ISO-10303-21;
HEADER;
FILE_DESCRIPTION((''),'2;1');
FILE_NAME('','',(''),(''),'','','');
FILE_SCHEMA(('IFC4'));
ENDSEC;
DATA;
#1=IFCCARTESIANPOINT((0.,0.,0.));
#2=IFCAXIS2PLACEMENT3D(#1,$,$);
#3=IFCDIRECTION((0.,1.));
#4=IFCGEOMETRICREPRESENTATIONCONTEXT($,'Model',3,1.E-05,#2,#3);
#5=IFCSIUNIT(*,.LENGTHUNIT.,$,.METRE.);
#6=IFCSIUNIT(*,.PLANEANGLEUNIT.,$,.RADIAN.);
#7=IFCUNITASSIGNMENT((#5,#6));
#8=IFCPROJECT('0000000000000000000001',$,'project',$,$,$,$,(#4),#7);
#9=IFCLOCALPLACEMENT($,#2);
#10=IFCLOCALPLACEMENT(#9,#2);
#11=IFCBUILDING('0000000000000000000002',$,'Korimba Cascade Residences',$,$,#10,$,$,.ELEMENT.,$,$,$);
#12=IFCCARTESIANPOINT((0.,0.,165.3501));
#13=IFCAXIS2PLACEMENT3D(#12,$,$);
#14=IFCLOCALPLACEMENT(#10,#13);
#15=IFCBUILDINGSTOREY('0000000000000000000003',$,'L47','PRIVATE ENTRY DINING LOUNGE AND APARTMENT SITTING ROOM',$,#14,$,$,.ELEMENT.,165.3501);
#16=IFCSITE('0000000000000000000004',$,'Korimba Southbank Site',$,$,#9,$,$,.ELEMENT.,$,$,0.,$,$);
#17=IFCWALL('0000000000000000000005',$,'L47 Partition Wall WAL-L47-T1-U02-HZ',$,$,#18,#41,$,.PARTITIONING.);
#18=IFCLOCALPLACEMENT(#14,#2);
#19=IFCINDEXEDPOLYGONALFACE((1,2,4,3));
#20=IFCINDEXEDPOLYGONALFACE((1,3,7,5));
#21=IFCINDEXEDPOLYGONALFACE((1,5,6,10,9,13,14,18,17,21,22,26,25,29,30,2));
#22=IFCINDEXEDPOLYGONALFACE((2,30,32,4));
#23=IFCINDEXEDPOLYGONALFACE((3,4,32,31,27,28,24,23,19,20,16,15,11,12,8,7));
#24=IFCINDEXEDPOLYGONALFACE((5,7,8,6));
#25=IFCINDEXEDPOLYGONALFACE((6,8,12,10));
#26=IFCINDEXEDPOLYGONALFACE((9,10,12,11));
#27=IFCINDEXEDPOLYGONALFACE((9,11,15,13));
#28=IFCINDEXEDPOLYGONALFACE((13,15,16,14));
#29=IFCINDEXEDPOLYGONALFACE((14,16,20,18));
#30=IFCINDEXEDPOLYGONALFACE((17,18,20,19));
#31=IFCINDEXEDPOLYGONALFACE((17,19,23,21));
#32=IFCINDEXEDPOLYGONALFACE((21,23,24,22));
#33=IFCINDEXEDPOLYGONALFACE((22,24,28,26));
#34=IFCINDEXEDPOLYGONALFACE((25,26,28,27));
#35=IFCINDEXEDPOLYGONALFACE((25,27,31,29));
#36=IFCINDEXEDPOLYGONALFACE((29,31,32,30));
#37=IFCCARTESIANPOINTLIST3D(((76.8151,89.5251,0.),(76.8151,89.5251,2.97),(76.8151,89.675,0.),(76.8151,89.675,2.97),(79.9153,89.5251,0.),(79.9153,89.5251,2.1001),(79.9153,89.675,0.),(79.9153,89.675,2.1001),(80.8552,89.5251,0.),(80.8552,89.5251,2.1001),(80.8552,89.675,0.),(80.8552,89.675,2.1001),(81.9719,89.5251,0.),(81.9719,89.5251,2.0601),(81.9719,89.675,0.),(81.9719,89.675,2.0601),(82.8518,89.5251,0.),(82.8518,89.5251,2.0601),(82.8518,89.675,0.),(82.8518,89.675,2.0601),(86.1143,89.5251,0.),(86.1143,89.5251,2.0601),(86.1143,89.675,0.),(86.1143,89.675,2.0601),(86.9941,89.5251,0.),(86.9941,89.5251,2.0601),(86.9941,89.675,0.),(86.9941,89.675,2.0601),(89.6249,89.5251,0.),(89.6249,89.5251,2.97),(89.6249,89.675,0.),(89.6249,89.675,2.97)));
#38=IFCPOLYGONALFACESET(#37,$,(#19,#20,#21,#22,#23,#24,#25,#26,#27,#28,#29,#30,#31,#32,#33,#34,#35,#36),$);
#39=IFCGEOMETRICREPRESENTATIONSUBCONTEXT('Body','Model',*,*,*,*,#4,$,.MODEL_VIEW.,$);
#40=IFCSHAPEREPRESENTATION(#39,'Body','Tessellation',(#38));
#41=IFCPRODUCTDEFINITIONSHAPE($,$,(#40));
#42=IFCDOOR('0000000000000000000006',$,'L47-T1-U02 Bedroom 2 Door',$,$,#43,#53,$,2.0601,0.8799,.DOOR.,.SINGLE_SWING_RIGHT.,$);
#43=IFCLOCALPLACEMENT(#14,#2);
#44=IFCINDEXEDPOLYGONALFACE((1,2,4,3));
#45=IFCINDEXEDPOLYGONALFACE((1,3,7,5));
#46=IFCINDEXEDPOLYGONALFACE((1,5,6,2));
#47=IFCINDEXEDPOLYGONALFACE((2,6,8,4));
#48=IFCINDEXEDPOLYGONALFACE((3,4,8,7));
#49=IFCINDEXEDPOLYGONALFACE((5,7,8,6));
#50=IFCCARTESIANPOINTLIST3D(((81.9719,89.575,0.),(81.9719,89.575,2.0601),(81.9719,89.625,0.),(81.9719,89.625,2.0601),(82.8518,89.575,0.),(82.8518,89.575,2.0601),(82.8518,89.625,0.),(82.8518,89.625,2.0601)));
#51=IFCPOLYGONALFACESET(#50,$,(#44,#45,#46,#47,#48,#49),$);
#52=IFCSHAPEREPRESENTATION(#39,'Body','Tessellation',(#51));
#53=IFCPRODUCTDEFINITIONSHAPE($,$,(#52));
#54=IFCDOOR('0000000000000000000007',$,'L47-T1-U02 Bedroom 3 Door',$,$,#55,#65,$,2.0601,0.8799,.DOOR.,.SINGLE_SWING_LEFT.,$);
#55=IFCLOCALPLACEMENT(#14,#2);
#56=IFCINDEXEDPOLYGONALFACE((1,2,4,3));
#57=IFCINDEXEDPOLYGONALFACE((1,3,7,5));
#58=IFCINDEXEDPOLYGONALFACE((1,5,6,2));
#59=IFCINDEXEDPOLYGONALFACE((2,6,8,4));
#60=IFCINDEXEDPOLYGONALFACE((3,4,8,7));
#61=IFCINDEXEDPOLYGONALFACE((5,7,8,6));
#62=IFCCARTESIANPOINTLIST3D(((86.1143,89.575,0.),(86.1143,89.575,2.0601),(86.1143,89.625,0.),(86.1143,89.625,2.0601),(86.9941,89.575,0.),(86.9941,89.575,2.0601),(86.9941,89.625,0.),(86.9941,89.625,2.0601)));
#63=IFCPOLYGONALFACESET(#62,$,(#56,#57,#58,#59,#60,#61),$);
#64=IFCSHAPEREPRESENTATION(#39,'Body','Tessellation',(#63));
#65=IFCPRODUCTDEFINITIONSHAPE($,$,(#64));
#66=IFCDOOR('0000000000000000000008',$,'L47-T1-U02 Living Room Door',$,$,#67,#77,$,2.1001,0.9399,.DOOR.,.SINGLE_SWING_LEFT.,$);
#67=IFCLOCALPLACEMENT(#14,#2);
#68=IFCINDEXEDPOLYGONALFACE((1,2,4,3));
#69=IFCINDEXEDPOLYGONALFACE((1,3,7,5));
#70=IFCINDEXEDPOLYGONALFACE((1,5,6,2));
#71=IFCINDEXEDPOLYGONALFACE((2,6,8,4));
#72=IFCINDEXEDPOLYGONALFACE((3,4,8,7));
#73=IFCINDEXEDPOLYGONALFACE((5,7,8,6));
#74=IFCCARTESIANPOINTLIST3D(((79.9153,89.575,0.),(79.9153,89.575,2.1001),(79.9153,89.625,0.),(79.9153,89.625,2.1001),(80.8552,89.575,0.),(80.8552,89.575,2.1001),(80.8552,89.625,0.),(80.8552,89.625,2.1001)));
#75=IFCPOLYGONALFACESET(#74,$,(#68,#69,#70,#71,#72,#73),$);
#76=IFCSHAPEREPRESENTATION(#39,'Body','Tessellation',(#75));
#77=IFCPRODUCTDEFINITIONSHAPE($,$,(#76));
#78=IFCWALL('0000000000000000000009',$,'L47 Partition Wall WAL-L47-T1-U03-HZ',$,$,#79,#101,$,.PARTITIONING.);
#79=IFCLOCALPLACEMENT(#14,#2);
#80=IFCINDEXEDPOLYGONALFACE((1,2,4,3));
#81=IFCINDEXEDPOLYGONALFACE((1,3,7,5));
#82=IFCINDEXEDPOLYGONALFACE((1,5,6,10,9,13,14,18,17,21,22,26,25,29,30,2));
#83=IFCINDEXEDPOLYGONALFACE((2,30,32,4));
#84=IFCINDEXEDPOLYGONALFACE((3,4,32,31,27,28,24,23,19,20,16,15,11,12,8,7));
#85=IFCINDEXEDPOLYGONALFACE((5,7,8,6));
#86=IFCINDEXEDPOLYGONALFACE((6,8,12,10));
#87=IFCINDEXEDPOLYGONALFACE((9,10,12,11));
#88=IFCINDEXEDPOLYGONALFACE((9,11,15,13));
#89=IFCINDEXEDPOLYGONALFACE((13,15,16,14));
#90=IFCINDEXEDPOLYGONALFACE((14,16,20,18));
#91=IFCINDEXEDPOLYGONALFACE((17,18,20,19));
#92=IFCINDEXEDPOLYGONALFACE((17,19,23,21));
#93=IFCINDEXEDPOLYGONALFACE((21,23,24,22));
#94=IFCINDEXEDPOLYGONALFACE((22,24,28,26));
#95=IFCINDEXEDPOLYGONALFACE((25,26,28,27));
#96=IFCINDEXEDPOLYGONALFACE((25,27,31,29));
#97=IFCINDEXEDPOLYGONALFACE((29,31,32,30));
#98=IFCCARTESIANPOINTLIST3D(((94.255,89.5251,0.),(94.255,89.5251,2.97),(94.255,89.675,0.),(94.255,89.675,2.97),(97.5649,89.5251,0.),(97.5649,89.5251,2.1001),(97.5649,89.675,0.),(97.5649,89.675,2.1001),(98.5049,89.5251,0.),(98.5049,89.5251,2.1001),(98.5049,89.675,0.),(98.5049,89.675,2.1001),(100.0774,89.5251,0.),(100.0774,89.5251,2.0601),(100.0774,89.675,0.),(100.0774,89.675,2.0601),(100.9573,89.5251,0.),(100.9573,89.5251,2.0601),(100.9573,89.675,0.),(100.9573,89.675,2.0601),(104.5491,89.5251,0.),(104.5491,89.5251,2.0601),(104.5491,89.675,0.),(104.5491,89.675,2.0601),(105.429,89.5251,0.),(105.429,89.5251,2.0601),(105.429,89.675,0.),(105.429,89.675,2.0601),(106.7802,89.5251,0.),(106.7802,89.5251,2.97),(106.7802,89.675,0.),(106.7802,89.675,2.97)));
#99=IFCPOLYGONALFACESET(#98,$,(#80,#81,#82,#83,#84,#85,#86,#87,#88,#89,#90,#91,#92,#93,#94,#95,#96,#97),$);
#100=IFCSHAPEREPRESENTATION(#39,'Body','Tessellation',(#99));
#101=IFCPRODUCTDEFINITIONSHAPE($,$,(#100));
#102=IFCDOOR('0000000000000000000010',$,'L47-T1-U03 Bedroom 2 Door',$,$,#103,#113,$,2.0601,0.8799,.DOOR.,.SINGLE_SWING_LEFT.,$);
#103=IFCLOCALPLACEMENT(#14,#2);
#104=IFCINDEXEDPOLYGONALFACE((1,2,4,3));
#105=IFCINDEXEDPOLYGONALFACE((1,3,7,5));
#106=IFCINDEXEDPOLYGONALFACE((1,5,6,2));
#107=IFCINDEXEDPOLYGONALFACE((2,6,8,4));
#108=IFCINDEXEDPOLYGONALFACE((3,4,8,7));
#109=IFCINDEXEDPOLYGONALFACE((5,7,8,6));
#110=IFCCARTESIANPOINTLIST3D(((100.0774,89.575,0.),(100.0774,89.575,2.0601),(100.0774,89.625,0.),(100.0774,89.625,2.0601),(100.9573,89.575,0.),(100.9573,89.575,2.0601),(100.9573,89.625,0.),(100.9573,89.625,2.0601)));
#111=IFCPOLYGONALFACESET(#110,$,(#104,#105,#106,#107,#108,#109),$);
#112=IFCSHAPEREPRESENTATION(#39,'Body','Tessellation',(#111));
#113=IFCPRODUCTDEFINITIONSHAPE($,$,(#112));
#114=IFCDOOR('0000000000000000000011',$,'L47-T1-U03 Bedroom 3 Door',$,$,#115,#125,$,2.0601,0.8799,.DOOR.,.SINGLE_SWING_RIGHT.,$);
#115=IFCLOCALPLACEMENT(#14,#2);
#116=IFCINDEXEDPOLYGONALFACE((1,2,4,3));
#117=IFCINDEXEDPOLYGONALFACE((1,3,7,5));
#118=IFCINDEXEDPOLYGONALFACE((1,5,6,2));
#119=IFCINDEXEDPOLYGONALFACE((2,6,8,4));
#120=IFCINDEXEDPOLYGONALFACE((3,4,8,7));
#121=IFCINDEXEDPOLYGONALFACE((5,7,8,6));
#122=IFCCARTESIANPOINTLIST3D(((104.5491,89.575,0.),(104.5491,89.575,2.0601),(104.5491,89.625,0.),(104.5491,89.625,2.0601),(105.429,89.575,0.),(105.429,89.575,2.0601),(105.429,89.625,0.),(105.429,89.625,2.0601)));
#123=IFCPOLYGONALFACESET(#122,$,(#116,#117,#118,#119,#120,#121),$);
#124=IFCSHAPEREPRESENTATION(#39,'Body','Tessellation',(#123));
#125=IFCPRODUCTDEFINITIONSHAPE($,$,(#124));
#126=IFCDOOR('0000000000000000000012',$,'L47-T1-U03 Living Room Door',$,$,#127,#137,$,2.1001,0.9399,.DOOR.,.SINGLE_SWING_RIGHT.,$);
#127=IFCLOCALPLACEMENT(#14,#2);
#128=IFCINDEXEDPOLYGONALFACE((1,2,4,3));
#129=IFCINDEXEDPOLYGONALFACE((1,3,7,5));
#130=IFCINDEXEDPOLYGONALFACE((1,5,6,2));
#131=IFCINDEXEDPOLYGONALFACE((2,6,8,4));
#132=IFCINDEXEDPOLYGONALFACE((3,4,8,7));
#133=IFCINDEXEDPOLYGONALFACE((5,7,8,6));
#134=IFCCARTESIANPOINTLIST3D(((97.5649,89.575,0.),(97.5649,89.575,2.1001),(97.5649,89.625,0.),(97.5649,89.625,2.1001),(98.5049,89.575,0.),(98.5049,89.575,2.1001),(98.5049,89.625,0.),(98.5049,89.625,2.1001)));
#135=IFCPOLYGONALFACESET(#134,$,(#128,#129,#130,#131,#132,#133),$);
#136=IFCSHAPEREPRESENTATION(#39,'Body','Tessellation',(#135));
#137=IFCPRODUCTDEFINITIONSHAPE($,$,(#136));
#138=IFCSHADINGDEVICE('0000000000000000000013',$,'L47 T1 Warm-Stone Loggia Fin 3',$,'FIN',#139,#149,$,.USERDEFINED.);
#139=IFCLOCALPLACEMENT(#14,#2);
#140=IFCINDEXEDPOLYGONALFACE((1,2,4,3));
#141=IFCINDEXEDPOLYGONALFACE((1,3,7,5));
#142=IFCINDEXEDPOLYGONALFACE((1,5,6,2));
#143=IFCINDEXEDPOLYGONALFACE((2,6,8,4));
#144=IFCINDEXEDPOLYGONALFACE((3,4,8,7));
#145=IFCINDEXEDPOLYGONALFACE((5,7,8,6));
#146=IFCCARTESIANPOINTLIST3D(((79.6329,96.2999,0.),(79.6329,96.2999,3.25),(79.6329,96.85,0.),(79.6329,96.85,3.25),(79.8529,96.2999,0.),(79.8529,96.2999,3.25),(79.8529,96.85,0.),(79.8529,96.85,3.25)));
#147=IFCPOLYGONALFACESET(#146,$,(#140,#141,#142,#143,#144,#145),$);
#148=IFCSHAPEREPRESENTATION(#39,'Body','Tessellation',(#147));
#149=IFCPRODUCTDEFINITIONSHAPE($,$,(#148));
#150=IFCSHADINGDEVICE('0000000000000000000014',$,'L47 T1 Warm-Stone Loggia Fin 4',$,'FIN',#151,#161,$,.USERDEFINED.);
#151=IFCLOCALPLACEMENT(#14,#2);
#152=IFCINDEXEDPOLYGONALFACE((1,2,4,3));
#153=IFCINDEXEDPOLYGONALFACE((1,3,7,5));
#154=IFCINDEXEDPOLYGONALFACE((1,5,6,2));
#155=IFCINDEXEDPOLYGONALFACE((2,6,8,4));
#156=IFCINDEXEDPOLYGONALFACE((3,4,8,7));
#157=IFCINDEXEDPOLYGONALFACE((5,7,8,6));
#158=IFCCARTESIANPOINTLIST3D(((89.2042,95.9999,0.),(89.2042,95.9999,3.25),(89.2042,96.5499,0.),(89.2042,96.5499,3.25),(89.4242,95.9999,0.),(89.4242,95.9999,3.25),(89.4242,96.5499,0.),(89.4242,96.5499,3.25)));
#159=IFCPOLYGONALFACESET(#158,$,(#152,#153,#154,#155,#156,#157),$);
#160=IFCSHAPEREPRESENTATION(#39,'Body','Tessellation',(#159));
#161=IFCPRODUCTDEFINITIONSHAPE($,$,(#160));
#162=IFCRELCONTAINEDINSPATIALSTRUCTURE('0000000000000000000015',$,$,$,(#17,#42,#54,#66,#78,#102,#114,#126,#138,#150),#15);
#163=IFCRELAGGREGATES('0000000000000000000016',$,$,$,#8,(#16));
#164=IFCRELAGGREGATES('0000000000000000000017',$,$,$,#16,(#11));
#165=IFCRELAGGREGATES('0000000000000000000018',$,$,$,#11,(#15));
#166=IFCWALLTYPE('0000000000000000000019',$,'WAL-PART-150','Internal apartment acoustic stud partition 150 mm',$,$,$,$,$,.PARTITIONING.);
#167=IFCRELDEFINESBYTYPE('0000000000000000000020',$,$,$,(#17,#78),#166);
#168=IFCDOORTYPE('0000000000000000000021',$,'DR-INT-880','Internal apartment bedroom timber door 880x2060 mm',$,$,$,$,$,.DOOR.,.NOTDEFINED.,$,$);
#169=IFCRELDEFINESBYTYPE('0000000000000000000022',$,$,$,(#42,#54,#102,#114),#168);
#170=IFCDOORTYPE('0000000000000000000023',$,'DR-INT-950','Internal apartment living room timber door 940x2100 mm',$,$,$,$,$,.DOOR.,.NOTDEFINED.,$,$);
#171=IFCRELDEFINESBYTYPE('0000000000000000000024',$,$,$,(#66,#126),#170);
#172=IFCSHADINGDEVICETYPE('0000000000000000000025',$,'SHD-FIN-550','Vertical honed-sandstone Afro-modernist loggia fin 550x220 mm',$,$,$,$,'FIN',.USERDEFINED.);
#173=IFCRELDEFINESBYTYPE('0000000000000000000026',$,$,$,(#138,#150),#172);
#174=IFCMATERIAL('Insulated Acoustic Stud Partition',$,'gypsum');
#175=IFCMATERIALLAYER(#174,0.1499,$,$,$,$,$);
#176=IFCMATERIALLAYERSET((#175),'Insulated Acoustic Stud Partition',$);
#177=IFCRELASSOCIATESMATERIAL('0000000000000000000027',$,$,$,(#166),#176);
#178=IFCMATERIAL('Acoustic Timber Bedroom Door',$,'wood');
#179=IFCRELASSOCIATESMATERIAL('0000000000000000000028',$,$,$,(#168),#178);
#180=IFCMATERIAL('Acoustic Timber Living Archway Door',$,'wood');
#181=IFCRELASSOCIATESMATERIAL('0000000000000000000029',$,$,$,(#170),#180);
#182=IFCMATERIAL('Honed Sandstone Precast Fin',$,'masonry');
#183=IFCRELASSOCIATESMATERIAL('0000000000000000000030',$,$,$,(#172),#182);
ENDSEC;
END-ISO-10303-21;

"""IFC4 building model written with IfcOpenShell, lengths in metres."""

from ifc_helpers import new_model, si_unit, direction, frame, frame_2d, origin, origin_2d, place, context, subcontext, project, spatial, rectangle, extrude, material, layer, layer_set, type_object, element, fill, save


model = new_model("IFC4")

# Units and contexts
model_context = context("Model", 3, precision=1e-05, world=origin(), true_north=direction((0.0, 1.0)))
body_context = subcontext(model_context, "Body", "Model", "MODEL_VIEW")
ifc_project = project(units=[si_unit("LENGTHUNIT", "METRE"), si_unit("PLANEANGLEUNIT", "RADIAN")], contexts=[model_context])

# Site, building, storey
site_placement = place(None, origin())
site = spatial("IfcSite", under=ifc_project, at=site_placement, Name="Korimba Southbank Site", CompositionType="ELEMENT", RefElevation=0.0)
building_placement = place(site_placement, origin())
building = spatial("IfcBuilding", under=site, at=building_placement, Name="Korimba Cascade Residences", CompositionType="ELEMENT")
storey_placement = place(building_placement, frame((0.0, 0.0, 165.3501)))
storey = spatial("IfcBuildingStorey", under=building, at=storey_placement, Name="L47", Description="PRIVATE ENTRY DINING LOUNGE AND APARTMENT SITTING ROOM", CompositionType="ELEMENT", Elevation=165.3501)

# Shared definitions
ifc_material_1 = material(Name="Insulated Acoustic Stud Partition", Category="gypsum")
ifc_layer = layer(ifc_material_1, 0.1499)
ifc_layer_set = layer_set([ifc_layer], Name="Insulated Acoustic Stud Partition")
wall_type = type_object("IfcWallType", Name="WAL-PART-150", Description="Internal apartment acoustic stud partition 150 mm", PredefinedType="PARTITIONING", material=ifc_layer_set)

# Walls, openings, doors
wall_1_placement = place(storey_placement, frame((76.8152, 89.6001, 0.0), z_axis=(0.0, 0.0, 1.0), x_axis=(1.0, 0.0, 0.0)))
wall_1 = element("IfcWall", 1, at=wall_1_placement, inside=storey, type_object=wall_type, Name="L47 Partition Wall WAL-L47-T1-U02-HZ", PredefinedType="PARTITIONING", context=body_context, shape_type="SweptSolid", body=[
    extrude(rectangle(XDim=12.8098, YDim=0.1499, at=frame_2d((6.4048, 0.0))), origin(), (0.0, 0.0, 1.0), 2.97),
])
opening_1_placement = place(wall_1_placement, frame((3.1001, 0.0, 0.0)))
opening_1 = element("IfcOpeningElement", 2, at=opening_1_placement, cuts=wall_1, PredefinedType="OPENING", context=body_context, shape_type="SweptSolid", body=[
    extrude(rectangle(XDim=0.9399, YDim=2.1001, at=frame_2d((0.47, 1.05))), frame((0.0, 0.085, 0.0), z_axis=(0.0, -1.0, 0.0), x_axis=(1.0, 0.0, 0.0)), (0.0, 0.0, 1.0), 0.1699),
])
opening_2_placement = place(wall_1_placement, frame((5.1567, 0.0, 0.0)))
opening_2 = element("IfcOpeningElement", 3, at=opening_2_placement, cuts=wall_1, PredefinedType="OPENING", context=body_context, shape_type="SweptSolid", body=[
    extrude(rectangle(XDim=0.8799, YDim=2.0601, at=frame_2d((0.4399, 1.03))), frame((0.0, 0.085, 0.0), z_axis=(0.0, -1.0, 0.0), x_axis=(1.0, 0.0, 0.0)), (0.0, 0.0, 1.0), 0.1699),
])
opening_3_placement = place(wall_1_placement, frame((9.2991, 0.0, 0.0)))
opening_3 = element("IfcOpeningElement", 4, at=opening_3_placement, cuts=wall_1, PredefinedType="OPENING", context=body_context, shape_type="SweptSolid", body=[
    extrude(rectangle(XDim=0.8799, YDim=2.0601, at=frame_2d((0.4399, 1.03))), frame((0.0, 0.085, 0.0), z_axis=(0.0, -1.0, 0.0), x_axis=(1.0, 0.0, 0.0)), (0.0, 0.0, 1.0), 0.1699),
])
ifc_material_2 = material(Name="Acoustic Timber Bedroom Door", Category="wood")
door_type_1 = type_object("IfcDoorType", Name="DR-INT-880", Description="Internal apartment bedroom timber door 880x2060 mm", OperationType="NOTDEFINED", PredefinedType="DOOR", material=ifc_material_2)
door_1_placement = place(opening_2_placement, origin())
door_1 = element("IfcDoor", 5, at=door_1_placement, inside=storey, type_object=door_type_1, Name="L47-T1-U02 Bedroom 2 Door", OperationType="SINGLE_SWING_RIGHT", OverallHeight=2.0601, OverallWidth=0.8799, PredefinedType="DOOR", context=body_context, shape_type="SweptSolid", body=[
    extrude(rectangle(XDim=0.8799, YDim=2.0601, at=frame_2d((0.4399, 1.03))), frame((0.0, 0.0249, 0.0), z_axis=(0.0, -1.0, 0.0), x_axis=(1.0, 0.0, 0.0)), (0.0, 0.0, 1.0), 0.05),
])
fill(opening_2, door_1)
door_2_placement = place(opening_3_placement, origin())
door_2 = element("IfcDoor", 6, at=door_2_placement, inside=storey, type_object=door_type_1, Name="L47-T1-U02 Bedroom 3 Door", OperationType="SINGLE_SWING_LEFT", OverallHeight=2.0601, OverallWidth=0.8799, PredefinedType="DOOR", context=body_context, shape_type="SweptSolid", body=[
    extrude(rectangle(XDim=0.8799, YDim=2.0601, at=frame_2d((0.4399, 1.03))), frame((0.0, 0.0249, 0.0), z_axis=(0.0, -1.0, 0.0), x_axis=(1.0, 0.0, 0.0)), (0.0, 0.0, 1.0), 0.05),
])
fill(opening_3, door_2)
ifc_material_3 = material(Name="Acoustic Timber Living Archway Door", Category="wood")
door_type_2 = type_object("IfcDoorType", Name="DR-INT-950", Description="Internal apartment living room timber door 940x2100 mm", OperationType="NOTDEFINED", PredefinedType="DOOR", material=ifc_material_3)
door_3_placement = place(opening_1_placement, origin())
door_3 = element("IfcDoor", 7, at=door_3_placement, inside=storey, type_object=door_type_2, Name="L47-T1-U02 Living Room Door", OperationType="SINGLE_SWING_LEFT", OverallHeight=2.1001, OverallWidth=0.9399, PredefinedType="DOOR", context=body_context, shape_type="SweptSolid", body=[
    extrude(rectangle(XDim=0.9399, YDim=2.1001, at=frame_2d((0.47, 1.05))), frame((0.0, 0.0249, 0.0), z_axis=(0.0, -1.0, 0.0), x_axis=(1.0, 0.0, 0.0)), (0.0, 0.0, 1.0), 0.05),
])
fill(opening_1, door_3)
wall_2_placement = place(storey_placement, frame((94.2549, 89.6001, 0.0), z_axis=(0.0, 0.0, 1.0), x_axis=(1.0, 0.0, 0.0)))
wall_2 = element("IfcWall", 8, at=wall_2_placement, inside=storey, type_object=wall_type, Name="L47 Partition Wall WAL-L47-T1-U03-HZ", PredefinedType="PARTITIONING", context=body_context, shape_type="SweptSolid", body=[
    extrude(rectangle(XDim=12.5251, YDim=0.1499, at=frame_2d((6.2627, 0.0))), origin(), (0.0, 0.0, 1.0), 2.97),
])
opening_4_placement = place(wall_2_placement, frame((3.3101, 0.0, 0.0)))
opening_4 = element("IfcOpeningElement", 9, at=opening_4_placement, cuts=wall_2, PredefinedType="OPENING", context=body_context, shape_type="SweptSolid", body=[
    extrude(rectangle(XDim=0.9399, YDim=2.1001, at=frame_2d((0.47, 1.05))), frame((0.0, 0.085, 0.0), z_axis=(0.0, -1.0, 0.0), x_axis=(1.0, 0.0, 0.0)), (0.0, 0.0, 1.0), 0.1699),
])
opening_5_placement = place(wall_2_placement, frame((5.8225, 0.0, 0.0)))
opening_5 = element("IfcOpeningElement", 10, at=opening_5_placement, cuts=wall_2, PredefinedType="OPENING", context=body_context, shape_type="SweptSolid", body=[
    extrude(rectangle(XDim=0.8799, YDim=2.0601, at=frame_2d((0.4399, 1.03))), frame((0.0, 0.085, 0.0), z_axis=(0.0, -1.0, 0.0), x_axis=(1.0, 0.0, 0.0)), (0.0, 0.0, 1.0), 0.1699),
])
opening_6_placement = place(wall_2_placement, frame((10.2942, 0.0, 0.0)))
opening_6 = element("IfcOpeningElement", 11, at=opening_6_placement, cuts=wall_2, PredefinedType="OPENING", context=body_context, shape_type="SweptSolid", body=[
    extrude(rectangle(XDim=0.8799, YDim=2.0601, at=frame_2d((0.4399, 1.03))), frame((0.0, 0.085, 0.0), z_axis=(0.0, -1.0, 0.0), x_axis=(1.0, 0.0, 0.0)), (0.0, 0.0, 1.0), 0.1699),
])
door_4_placement = place(opening_5_placement, origin())
door_4 = element("IfcDoor", 12, at=door_4_placement, inside=storey, type_object=door_type_1, Name="L47-T1-U03 Bedroom 2 Door", OperationType="SINGLE_SWING_LEFT", OverallHeight=2.0601, OverallWidth=0.8799, PredefinedType="DOOR", context=body_context, shape_type="SweptSolid", body=[
    extrude(rectangle(XDim=0.8799, YDim=2.0601, at=frame_2d((0.4399, 1.03))), frame((0.0, 0.0249, 0.0), z_axis=(0.0, -1.0, 0.0), x_axis=(1.0, 0.0, 0.0)), (0.0, 0.0, 1.0), 0.05),
])
fill(opening_5, door_4)
door_5_placement = place(opening_6_placement, origin())
door_5 = element("IfcDoor", 13, at=door_5_placement, inside=storey, type_object=door_type_1, Name="L47-T1-U03 Bedroom 3 Door", OperationType="SINGLE_SWING_RIGHT", OverallHeight=2.0601, OverallWidth=0.8799, PredefinedType="DOOR", context=body_context, shape_type="SweptSolid", body=[
    extrude(rectangle(XDim=0.8799, YDim=2.0601, at=frame_2d((0.4399, 1.03))), frame((0.0, 0.0249, 0.0), z_axis=(0.0, -1.0, 0.0), x_axis=(1.0, 0.0, 0.0)), (0.0, 0.0, 1.0), 0.05),
])
fill(opening_6, door_5)
door_6_placement = place(opening_4_placement, origin())
door_6 = element("IfcDoor", 14, at=door_6_placement, inside=storey, type_object=door_type_2, Name="L47-T1-U03 Living Room Door", OperationType="SINGLE_SWING_RIGHT", OverallHeight=2.1001, OverallWidth=0.9399, PredefinedType="DOOR", context=body_context, shape_type="SweptSolid", body=[
    extrude(rectangle(XDim=0.9399, YDim=2.1001, at=frame_2d((0.47, 1.05))), frame((0.0, 0.0249, 0.0), z_axis=(0.0, -1.0, 0.0), x_axis=(1.0, 0.0, 0.0)), (0.0, 0.0, 1.0), 0.05),
])
fill(opening_4, door_6)

# Shading devices
ifc_material_4 = material(Name="Honed Sandstone Precast Fin", Category="masonry")
shading_device_type = type_object("IfcShadingDeviceType", Name="SHD-FIN-550", Description="Vertical honed-sandstone Afro-modernist loggia fin 550x220 mm", ElementType="FIN", PredefinedType="USERDEFINED", material=ifc_material_4)
for number, where, z_axis, x_axis, name in (
    (15, (79.7429, 96.575, 0.0), (0.0, 0.0, 1.0), (1.0, 0.0, 0.0), "L47 T1 Warm-Stone Loggia Fin 3"),
    (16, (89.3142, 96.2749, 0.0), (0.0, 0.0, 1.0), (1.0, 0.0, 0.0), "L47 T1 Warm-Stone Loggia Fin 4"),
):
    element("IfcShadingDevice", number, at=place(storey_placement, frame(where, z_axis=z_axis, x_axis=x_axis)), inside=storey, type_object=shading_device_type, Name=name, ObjectType="FIN", PredefinedType="USERDEFINED", context=body_context, shape_type="SweptSolid", body=[
        extrude(rectangle(XDim=0.22, YDim=0.55, at=origin_2d()), origin(), (0.0, 0.0, 1.0), 3.25),
    ])

save(model, "model.ifc")
